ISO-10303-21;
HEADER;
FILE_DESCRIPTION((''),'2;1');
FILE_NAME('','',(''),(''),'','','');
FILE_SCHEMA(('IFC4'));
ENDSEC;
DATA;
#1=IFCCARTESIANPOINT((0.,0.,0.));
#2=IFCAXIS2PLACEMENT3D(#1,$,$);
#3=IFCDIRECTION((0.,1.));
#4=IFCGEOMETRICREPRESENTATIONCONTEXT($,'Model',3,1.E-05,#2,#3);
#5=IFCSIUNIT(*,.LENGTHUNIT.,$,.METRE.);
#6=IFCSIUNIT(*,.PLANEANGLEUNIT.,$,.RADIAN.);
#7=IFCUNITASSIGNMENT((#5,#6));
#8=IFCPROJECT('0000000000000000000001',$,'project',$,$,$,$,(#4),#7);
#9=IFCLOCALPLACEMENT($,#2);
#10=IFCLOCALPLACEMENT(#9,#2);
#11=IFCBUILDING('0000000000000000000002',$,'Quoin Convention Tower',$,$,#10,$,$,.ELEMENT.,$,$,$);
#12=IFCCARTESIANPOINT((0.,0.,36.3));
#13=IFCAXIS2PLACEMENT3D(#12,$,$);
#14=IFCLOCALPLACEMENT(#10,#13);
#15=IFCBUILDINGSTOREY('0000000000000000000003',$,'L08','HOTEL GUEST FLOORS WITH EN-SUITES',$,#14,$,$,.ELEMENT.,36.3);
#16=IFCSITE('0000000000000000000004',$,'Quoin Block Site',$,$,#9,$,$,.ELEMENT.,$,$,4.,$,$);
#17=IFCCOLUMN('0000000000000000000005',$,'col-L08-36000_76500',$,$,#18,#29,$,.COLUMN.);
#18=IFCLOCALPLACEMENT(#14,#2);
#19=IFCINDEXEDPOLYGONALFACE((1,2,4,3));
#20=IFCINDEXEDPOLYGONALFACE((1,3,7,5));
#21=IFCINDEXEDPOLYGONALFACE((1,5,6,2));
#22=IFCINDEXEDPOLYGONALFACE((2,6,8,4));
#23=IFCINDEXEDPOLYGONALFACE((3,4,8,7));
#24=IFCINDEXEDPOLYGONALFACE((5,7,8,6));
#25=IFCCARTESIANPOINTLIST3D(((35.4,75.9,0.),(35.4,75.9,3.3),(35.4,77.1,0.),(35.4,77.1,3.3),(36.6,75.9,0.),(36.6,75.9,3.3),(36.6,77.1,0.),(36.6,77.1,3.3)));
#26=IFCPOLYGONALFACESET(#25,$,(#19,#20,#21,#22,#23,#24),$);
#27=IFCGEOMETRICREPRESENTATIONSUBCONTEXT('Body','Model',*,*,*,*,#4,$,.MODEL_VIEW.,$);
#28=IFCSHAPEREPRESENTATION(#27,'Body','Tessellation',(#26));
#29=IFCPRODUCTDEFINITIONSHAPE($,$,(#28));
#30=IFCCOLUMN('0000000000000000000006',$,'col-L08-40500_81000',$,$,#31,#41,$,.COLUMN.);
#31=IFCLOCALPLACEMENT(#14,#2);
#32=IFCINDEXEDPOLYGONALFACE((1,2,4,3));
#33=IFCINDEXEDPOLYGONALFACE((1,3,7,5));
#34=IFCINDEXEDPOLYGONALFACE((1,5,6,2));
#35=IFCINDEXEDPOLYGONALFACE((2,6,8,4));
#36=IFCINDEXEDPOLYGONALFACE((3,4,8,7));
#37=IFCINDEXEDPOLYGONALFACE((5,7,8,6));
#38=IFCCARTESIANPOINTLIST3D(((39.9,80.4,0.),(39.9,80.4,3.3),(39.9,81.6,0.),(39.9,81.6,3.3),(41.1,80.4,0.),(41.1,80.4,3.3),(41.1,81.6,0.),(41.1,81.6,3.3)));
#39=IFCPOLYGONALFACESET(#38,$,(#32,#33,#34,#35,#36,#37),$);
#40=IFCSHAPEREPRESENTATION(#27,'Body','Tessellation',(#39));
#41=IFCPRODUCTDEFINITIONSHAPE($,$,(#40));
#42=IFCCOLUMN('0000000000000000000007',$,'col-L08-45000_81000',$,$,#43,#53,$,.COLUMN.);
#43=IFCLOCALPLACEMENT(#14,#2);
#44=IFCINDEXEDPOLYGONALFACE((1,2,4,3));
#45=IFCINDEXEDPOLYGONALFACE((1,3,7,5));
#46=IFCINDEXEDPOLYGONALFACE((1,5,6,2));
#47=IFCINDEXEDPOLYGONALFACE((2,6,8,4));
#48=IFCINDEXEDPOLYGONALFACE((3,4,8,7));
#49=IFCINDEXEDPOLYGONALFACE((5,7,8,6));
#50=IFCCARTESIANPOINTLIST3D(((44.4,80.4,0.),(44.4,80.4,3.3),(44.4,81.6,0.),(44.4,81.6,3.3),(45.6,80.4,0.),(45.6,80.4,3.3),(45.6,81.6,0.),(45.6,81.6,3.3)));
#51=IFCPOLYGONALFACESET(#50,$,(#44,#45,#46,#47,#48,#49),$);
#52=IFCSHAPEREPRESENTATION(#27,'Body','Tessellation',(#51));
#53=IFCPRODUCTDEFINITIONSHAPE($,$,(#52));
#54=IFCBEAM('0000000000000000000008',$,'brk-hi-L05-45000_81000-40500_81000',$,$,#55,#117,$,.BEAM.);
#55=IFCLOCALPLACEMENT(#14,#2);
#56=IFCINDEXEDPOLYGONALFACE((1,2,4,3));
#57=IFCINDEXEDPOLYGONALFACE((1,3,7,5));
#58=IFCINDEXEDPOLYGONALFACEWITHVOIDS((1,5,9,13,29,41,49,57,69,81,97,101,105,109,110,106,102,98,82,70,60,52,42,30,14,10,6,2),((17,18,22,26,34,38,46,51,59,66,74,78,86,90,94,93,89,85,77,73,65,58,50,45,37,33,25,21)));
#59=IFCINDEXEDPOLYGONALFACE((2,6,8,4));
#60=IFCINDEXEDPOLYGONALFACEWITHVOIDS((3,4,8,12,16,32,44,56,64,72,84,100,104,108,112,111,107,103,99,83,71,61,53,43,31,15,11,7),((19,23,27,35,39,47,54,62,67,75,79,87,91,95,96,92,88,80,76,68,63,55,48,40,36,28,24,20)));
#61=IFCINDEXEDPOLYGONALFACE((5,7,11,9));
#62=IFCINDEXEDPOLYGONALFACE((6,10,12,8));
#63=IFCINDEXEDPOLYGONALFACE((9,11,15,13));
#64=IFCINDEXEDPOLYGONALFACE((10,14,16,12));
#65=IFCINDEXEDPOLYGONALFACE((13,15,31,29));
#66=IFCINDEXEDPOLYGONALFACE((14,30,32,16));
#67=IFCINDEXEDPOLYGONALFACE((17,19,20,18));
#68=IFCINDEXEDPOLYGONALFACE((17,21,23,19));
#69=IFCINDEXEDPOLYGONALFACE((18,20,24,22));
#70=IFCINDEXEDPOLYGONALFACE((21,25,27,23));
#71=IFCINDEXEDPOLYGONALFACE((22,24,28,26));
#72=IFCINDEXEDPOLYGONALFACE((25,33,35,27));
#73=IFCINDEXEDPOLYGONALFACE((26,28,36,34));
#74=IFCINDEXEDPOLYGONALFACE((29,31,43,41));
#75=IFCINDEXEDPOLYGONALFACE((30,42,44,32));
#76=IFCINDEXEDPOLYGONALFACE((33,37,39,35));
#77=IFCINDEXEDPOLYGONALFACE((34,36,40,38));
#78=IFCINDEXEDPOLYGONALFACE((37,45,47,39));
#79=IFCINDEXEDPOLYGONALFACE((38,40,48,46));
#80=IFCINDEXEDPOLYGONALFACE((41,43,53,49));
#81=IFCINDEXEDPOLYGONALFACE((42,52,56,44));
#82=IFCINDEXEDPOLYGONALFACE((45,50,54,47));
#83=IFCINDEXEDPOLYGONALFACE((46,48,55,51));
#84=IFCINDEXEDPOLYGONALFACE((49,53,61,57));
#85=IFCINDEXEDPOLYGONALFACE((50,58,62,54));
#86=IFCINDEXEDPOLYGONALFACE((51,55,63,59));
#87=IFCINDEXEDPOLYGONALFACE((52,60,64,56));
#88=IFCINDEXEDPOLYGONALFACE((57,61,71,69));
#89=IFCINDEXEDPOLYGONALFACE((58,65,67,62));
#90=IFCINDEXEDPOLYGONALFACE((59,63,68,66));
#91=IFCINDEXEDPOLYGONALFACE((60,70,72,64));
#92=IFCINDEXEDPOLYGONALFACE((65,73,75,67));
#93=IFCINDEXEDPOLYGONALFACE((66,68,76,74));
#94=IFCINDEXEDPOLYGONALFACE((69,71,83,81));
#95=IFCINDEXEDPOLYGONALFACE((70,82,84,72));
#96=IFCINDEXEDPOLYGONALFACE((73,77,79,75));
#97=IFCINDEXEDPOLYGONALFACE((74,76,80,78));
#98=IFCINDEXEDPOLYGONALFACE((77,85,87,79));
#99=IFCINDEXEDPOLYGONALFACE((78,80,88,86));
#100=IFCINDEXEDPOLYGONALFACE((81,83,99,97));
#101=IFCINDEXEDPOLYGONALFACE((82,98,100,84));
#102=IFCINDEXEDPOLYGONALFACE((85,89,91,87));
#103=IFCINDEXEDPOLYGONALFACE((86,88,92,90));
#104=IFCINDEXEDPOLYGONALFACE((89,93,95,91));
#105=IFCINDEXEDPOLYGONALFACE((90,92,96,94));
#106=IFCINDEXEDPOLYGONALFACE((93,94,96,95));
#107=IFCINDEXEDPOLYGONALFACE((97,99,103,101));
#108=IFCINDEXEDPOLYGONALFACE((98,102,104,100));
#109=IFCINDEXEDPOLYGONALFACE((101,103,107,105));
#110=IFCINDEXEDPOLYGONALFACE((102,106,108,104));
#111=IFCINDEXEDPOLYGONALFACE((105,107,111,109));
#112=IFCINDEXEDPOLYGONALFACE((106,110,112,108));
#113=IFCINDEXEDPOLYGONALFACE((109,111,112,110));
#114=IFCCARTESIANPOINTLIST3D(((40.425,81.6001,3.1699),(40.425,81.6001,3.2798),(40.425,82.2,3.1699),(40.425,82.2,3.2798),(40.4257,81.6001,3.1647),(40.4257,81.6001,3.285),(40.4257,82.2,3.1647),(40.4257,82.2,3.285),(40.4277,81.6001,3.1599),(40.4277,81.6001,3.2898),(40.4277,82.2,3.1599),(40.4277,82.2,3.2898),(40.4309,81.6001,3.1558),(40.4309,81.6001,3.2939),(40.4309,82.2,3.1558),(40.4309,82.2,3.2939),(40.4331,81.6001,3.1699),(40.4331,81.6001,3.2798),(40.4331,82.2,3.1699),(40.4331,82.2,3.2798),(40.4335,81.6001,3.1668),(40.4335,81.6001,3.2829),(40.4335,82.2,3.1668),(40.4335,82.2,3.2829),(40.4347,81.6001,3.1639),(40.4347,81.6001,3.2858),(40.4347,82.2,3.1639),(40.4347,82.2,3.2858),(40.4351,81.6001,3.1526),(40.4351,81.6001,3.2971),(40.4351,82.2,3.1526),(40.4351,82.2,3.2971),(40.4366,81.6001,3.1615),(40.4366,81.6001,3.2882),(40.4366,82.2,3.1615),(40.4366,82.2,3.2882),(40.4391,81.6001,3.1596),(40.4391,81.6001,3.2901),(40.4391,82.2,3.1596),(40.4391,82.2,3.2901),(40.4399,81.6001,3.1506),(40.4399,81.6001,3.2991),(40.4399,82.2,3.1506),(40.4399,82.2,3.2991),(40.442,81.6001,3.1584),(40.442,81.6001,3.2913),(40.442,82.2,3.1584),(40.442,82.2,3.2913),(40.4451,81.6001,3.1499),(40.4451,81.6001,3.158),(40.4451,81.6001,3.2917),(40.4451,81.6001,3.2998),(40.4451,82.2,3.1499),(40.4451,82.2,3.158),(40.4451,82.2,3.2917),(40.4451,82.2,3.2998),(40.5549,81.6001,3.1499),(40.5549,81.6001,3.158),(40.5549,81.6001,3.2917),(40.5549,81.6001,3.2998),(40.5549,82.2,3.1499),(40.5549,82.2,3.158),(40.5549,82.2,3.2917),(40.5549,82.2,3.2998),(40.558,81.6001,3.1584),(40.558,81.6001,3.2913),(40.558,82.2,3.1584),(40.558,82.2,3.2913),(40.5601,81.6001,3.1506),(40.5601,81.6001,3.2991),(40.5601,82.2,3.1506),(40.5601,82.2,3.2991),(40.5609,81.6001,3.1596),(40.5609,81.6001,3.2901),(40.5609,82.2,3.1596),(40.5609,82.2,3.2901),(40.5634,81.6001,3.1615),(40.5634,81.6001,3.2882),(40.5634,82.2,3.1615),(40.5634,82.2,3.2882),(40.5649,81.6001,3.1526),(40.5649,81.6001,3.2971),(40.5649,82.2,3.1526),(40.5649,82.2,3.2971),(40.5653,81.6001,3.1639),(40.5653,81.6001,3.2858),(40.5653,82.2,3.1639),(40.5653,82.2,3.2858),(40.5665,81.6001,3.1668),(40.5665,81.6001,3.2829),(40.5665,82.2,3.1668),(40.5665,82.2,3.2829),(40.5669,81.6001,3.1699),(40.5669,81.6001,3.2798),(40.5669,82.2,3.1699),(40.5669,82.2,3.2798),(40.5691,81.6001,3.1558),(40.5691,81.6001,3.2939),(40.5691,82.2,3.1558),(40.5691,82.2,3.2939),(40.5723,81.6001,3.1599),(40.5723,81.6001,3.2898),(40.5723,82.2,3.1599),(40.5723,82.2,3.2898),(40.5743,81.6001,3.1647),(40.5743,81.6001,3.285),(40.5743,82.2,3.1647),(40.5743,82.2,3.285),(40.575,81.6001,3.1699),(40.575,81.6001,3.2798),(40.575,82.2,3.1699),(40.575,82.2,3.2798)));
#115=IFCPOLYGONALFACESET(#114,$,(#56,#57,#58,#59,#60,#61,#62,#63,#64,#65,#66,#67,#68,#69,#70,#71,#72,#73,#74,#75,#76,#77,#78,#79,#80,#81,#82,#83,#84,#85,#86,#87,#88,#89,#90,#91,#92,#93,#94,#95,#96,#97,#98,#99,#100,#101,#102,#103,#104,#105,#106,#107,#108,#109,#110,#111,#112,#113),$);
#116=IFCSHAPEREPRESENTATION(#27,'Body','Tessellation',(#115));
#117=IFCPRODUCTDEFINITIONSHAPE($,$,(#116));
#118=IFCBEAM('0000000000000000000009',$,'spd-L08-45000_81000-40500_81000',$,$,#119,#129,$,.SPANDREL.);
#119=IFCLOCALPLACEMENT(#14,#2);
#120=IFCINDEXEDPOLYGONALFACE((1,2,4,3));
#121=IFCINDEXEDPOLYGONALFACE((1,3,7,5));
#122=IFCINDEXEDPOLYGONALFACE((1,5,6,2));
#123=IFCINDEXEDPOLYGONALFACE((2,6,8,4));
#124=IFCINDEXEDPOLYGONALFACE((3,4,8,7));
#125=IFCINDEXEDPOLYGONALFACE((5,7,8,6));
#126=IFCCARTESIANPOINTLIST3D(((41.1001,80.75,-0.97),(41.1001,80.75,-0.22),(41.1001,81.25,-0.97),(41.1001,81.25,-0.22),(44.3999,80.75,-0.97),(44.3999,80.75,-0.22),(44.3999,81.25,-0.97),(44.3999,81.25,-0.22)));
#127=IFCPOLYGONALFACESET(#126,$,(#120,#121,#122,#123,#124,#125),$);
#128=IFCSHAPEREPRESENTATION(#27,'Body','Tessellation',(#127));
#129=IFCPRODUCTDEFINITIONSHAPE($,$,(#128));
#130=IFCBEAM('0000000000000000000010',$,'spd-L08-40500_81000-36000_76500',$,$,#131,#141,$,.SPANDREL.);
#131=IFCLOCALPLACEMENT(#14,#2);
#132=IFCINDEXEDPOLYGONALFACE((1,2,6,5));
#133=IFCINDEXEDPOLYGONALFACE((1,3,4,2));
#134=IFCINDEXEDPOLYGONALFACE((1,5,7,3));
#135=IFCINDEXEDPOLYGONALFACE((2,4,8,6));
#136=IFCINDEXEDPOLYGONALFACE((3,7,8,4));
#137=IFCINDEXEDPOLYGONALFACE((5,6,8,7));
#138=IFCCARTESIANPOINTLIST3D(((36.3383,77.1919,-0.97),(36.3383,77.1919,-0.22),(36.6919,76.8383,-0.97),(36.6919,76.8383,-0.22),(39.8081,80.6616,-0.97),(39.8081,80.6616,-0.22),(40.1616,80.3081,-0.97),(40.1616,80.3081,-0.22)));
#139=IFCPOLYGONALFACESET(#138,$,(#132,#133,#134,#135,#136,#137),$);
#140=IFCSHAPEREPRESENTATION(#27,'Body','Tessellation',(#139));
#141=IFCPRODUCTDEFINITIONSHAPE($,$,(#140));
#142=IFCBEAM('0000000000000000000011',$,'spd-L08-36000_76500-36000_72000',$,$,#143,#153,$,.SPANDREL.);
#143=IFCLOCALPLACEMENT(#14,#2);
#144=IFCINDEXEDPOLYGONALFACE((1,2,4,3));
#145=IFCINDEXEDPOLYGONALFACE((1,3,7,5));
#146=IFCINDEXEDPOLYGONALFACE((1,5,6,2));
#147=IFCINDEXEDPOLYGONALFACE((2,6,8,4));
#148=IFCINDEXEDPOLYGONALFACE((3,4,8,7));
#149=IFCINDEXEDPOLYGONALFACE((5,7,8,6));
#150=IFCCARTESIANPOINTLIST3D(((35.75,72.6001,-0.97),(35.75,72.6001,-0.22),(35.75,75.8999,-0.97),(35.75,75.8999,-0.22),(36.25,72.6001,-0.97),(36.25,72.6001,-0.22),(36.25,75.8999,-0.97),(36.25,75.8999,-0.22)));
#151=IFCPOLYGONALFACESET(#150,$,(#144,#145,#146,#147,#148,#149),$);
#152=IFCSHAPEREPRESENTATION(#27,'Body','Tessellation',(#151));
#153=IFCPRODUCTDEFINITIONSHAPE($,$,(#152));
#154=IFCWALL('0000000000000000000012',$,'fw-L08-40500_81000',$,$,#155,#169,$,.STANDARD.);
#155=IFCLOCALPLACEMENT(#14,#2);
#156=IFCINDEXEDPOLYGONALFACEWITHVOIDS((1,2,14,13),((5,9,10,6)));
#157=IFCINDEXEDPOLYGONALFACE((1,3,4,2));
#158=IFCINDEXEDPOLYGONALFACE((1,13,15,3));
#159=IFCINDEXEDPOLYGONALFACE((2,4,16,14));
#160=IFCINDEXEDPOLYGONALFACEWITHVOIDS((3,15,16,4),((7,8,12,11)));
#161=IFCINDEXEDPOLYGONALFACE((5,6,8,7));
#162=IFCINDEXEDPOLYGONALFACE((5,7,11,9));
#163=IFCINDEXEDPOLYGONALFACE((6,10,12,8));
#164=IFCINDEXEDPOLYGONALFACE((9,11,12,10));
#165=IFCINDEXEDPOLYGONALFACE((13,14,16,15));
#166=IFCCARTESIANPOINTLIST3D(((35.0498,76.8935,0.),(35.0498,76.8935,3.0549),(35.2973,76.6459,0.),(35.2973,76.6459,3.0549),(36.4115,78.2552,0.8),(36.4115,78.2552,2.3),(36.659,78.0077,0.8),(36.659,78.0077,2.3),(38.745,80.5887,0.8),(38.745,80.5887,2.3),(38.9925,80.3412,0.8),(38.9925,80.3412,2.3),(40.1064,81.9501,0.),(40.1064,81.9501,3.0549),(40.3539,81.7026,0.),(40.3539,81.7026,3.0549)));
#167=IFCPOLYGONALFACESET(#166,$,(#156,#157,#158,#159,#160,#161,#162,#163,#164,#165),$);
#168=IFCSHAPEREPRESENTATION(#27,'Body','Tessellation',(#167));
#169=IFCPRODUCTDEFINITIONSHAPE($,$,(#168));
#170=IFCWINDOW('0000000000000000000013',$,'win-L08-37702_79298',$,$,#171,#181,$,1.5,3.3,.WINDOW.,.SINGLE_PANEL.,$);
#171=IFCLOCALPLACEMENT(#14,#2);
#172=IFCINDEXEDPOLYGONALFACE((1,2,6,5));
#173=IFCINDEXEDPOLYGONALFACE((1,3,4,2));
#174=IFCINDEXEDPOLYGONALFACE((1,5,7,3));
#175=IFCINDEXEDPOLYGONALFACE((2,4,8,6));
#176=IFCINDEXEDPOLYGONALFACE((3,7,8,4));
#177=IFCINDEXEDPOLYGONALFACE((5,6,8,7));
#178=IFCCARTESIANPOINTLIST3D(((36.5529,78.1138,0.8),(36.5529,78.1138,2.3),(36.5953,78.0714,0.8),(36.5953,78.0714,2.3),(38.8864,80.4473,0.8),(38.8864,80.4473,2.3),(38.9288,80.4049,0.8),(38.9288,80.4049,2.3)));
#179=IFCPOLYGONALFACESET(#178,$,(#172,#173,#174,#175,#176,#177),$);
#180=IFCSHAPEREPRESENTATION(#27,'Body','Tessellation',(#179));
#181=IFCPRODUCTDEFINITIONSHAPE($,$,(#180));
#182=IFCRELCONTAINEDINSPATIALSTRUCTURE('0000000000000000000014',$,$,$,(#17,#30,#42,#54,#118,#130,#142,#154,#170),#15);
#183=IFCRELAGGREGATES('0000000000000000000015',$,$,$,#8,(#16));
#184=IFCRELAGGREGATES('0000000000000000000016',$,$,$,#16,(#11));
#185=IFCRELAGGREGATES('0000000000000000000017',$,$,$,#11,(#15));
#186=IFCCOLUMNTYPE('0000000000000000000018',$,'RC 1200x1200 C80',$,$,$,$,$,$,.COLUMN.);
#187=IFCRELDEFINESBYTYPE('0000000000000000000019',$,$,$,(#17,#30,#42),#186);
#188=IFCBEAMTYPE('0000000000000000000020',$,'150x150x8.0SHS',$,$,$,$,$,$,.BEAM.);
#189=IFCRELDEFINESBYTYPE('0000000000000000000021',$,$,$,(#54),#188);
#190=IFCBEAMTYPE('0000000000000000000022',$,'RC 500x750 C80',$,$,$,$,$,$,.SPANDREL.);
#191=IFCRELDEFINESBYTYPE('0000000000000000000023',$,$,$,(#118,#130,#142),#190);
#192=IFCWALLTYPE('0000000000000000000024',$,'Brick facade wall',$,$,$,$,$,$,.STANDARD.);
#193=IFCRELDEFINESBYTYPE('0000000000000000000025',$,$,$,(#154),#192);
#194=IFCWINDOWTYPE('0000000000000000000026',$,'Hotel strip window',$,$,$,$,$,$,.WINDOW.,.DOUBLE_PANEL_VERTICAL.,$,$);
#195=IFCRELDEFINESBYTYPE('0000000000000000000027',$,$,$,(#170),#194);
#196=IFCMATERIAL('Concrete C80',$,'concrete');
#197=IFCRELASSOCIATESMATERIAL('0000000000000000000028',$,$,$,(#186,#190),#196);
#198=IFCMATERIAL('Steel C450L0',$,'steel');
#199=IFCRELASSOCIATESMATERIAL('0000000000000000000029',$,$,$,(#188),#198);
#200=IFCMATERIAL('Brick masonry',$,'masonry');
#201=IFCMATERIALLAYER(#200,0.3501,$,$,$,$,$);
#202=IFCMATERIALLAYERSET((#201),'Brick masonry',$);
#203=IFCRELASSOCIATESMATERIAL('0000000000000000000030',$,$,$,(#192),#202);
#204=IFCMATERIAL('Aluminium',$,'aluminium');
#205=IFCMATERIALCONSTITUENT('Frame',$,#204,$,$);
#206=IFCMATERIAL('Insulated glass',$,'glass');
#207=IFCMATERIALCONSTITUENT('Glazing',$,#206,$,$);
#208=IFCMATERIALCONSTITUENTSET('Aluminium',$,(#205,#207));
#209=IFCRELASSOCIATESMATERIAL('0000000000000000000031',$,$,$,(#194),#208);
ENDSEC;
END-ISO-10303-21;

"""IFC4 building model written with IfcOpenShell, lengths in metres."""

from ifc_helpers import new_model, si_unit, direction, frame, frame_2d, origin, origin_2d, place, context, subcontext, project, spatial, rectangle, hollow_rectangle, extrude, material, layer, layer_set, constituent, constituent_set, material_profile, profile_set, type_object, element, fill, save


model = new_model("IFC4")

# Units and contexts
model_context = context("Model", 3, precision=1e-05, world=origin(), true_north=direction((0.0, 1.0)))
body_context = subcontext(model_context, "Body", "Model", "MODEL_VIEW")
ifc_project = project(units=[si_unit("LENGTHUNIT", "METRE"), si_unit("PLANEANGLEUNIT", "RADIAN")], contexts=[model_context])

# Site, building, storey
site_placement = place(None, origin())
site = spatial("IfcSite", under=ifc_project, at=site_placement, Name="Quoin Block Site", CompositionType="ELEMENT", RefElevation=4.0)
building_placement = place(site_placement, origin())
building = spatial("IfcBuilding", under=site, at=building_placement, Name="Quoin Convention Tower", CompositionType="ELEMENT")
storey_placement = place(building_placement, frame((0.0, 0.0, 36.3)))
storey = spatial("IfcBuildingStorey", under=building, at=storey_placement, Name="L08", Description="HOTEL GUEST FLOORS WITH EN-SUITES", CompositionType="ELEMENT", Elevation=36.3)

# Columns
ifc_material_1 = material(Name="Concrete C80", Category="concrete")
ifc_material_profile_1 = material_profile(ifc_material_1, rectangle(XDim=1.2, YDim=1.2, at=origin_2d()), Name="RC 1200x1200")
ifc_profile_set_1 = profile_set([ifc_material_profile_1], Name="Concrete C80")
column_type = type_object("IfcColumnType", Name="RC 1200x1200 C80", PredefinedType="COLUMN", material=ifc_profile_set_1)
for number, where, z_axis, x_axis, name in (
    (1, (36.0, 76.5, 0.0), (0.0, 0.0, 1.0), (1.0, 0.0, 0.0), "col-L08-36000_76500"),
    (2, (40.5, 81.0, 0.0), (0.0, 0.0, 1.0), (1.0, 0.0, 0.0), "col-L08-40500_81000"),
    (3, (45.0, 81.0, 0.0), (0.0, 0.0, 1.0), (1.0, 0.0, 0.0), "col-L08-45000_81000"),
):
    element("IfcColumn", number, at=place(storey_placement, frame(where, z_axis=z_axis, x_axis=x_axis)), inside=storey, type_object=column_type, Name=name, PredefinedType="COLUMN", context=body_context, shape_type="SweptSolid", body=[
        extrude(rectangle(XDim=1.2, YDim=1.2, at=origin_2d()), origin(), (0.0, 0.0, 1.0), 3.3),
    ])

# Beams
ifc_material_2 = material(Name="Steel C450L0", Category="steel")
ifc_material_profile_2 = material_profile(ifc_material_2, hollow_rectangle(XDim=0.1499, YDim=0.1499, WallThickness=0.0081, InnerFilletRadius=0.012, OuterFilletRadius=0.02, at=origin_2d()), Name="150x150x8.0SHS")
ifc_profile_set_2 = profile_set([ifc_material_profile_2], Name="Steel C450L0")
beam_type_1 = type_object("IfcBeamType", Name="150x150x8.0SHS", PredefinedType="BEAM", material=ifc_profile_set_2)
beam_1_placement = place(storey_placement, frame((40.5, 81.6001, 3.2249), z_axis=(0.0, 1.0, 0.0), x_axis=(-1.0, 0.0, 0.0)))
element("IfcBeam", 4, at=beam_1_placement, inside=storey, type_object=beam_type_1, Name="brk-hi-L05-45000_81000-40500_81000", PredefinedType="BEAM", context=body_context, shape_type="SweptSolid", body=[
    extrude(hollow_rectangle(XDim=0.1499, YDim=0.1499, WallThickness=0.0081, InnerFilletRadius=0.012, OuterFilletRadius=0.02, at=origin_2d()), origin(), (0.0, 0.0, 1.0), 0.5999),
])
ifc_material_profile_3 = material_profile(ifc_material_1, rectangle(XDim=0.5, YDim=0.75, at=origin_2d()), Name="RC 500x750")
ifc_profile_set_3 = profile_set([ifc_material_profile_3], Name="Concrete C80")
beam_type_2 = type_object("IfcBeamType", Name="RC 500x750 C80", PredefinedType="SPANDREL", material=ifc_profile_set_3)
beam_2_placement = place(storey_placement, frame((44.3999, 81.0, -0.595), z_axis=(-1.0, 0.0, 0.0), x_axis=(0.0, -1.0, 0.0)))
element("IfcBeam", 5, at=beam_2_placement, inside=storey, type_object=beam_type_2, Name="spd-L08-45000_81000-40500_81000", PredefinedType="SPANDREL", context=body_context, shape_type="SweptSolid", body=[
    extrude(rectangle(XDim=0.5, YDim=0.75, at=origin_2d()), origin(), (0.0, 0.0, 1.0), 3.2998),
])
beam_3_placement = place(storey_placement, frame((39.9849, 80.4849, -0.595), z_axis=(-0.707107, -0.707107, 0.0), x_axis=(0.707107, -0.707107, 0.0)))
element("IfcBeam", 6, at=beam_3_placement, inside=storey, type_object=beam_type_2, Name="spd-L08-40500_81000-36000_76500", PredefinedType="SPANDREL", context=body_context, shape_type="SweptSolid", body=[
    extrude(rectangle(XDim=0.5, YDim=0.75, at=origin_2d()), origin(), (0.0, 0.0, 1.0), 4.907),
])
beam_4_placement = place(storey_placement, frame((36.0, 75.8999, -0.595), z_axis=(0.0, -1.0, 0.0), x_axis=(1.0, 0.0, 0.0)))
element("IfcBeam", 7, at=beam_4_placement, inside=storey, type_object=beam_type_2, Name="spd-L08-36000_76500-36000_72000", PredefinedType="SPANDREL", context=body_context, shape_type="SweptSolid", body=[
    extrude(rectangle(XDim=0.5, YDim=0.75, at=origin_2d()), origin(), (0.0, 0.0, 1.0), 3.2998),
])

# Wall, opening, window
ifc_material_3 = material(Name="Brick masonry", Category="masonry")
ifc_layer_1 = layer(ifc_material_3, 0.3501)
ifc_layer_set_1 = layer_set([ifc_layer_1], Name="Brick masonry")
wall_type_1 = type_object("IfcWallType", Name="Brick facade wall", PredefinedType="STANDARD", material=ifc_layer_set_1)
wall_1_placement = place(storey_placement, frame((40.2302, 81.8264, 0.0), z_axis=(0.0, 0.0, 1.0), x_axis=(-0.707107, -0.707107, 0.0)))
wall_1 = element("IfcWall", 8, at=wall_1_placement, inside=storey, type_object=wall_type_1, Name="fw-L08-40500_81000", PredefinedType="STANDARD", context=body_context, shape_type="SweptSolid", body=[
    extrude(rectangle(XDim=7.1511, YDim=0.3501, at=frame_2d((3.5757, 0.0))), origin(), (0.0, 0.0, 1.0), 3.0549),
])
opening_1_placement = place(wall_1_placement, frame((1.9255, 0.0, 0.8)))
opening_1 = element("IfcOpeningElement", 9, at=opening_1_placement, cuts=wall_1, PredefinedType="OPENING", context=body_context, shape_type="SweptSolid", body=[
    extrude(rectangle(XDim=3.3, YDim=1.5, at=frame_2d((1.6499, 0.75))), frame((0.0, 0.1851, 0.0), z_axis=(0.0, -1.0, 0.0), x_axis=(1.0, 0.0, 0.0)), (0.0, 0.0, 1.0), 0.3701),
])
ifc_material_4 = material(Name="Aluminium", Category="aluminium")
ifc_constituent_1 = constituent(ifc_material_4, Name="Frame")
ifc_material_5 = material(Name="Insulated glass", Category="glass")
ifc_constituent_2 = constituent(ifc_material_5, Name="Glazing")
ifc_constituent_set = constituent_set(constituents=[ifc_constituent_1, ifc_constituent_2], Name="Aluminium")
window_type = type_object("IfcWindowType", Name="Hotel strip window", PartitioningType="DOUBLE_PANEL_VERTICAL", PredefinedType="WINDOW", material=ifc_constituent_set)
window_placement = place(opening_1_placement, origin())
window = element("IfcWindow", 10, at=window_placement, inside=storey, type_object=window_type, Name="win-L08-37702_79298", OverallHeight=1.5, OverallWidth=3.3, PartitioningType="SINGLE_PANEL", PredefinedType="WINDOW", context=body_context, shape_type="SweptSolid", body=[
    extrude(rectangle(XDim=3.3, YDim=1.5, at=frame_2d((1.6499, 0.75))), frame((0.0, 0.085, 0.0), z_axis=(0.0, -1.0, 0.0), x_axis=(1.0, 0.0, 0.0)), (0.0, 0.0, 1.0), 0.0601),
])
fill(opening_1, window)

save(model, "model.ifc")
